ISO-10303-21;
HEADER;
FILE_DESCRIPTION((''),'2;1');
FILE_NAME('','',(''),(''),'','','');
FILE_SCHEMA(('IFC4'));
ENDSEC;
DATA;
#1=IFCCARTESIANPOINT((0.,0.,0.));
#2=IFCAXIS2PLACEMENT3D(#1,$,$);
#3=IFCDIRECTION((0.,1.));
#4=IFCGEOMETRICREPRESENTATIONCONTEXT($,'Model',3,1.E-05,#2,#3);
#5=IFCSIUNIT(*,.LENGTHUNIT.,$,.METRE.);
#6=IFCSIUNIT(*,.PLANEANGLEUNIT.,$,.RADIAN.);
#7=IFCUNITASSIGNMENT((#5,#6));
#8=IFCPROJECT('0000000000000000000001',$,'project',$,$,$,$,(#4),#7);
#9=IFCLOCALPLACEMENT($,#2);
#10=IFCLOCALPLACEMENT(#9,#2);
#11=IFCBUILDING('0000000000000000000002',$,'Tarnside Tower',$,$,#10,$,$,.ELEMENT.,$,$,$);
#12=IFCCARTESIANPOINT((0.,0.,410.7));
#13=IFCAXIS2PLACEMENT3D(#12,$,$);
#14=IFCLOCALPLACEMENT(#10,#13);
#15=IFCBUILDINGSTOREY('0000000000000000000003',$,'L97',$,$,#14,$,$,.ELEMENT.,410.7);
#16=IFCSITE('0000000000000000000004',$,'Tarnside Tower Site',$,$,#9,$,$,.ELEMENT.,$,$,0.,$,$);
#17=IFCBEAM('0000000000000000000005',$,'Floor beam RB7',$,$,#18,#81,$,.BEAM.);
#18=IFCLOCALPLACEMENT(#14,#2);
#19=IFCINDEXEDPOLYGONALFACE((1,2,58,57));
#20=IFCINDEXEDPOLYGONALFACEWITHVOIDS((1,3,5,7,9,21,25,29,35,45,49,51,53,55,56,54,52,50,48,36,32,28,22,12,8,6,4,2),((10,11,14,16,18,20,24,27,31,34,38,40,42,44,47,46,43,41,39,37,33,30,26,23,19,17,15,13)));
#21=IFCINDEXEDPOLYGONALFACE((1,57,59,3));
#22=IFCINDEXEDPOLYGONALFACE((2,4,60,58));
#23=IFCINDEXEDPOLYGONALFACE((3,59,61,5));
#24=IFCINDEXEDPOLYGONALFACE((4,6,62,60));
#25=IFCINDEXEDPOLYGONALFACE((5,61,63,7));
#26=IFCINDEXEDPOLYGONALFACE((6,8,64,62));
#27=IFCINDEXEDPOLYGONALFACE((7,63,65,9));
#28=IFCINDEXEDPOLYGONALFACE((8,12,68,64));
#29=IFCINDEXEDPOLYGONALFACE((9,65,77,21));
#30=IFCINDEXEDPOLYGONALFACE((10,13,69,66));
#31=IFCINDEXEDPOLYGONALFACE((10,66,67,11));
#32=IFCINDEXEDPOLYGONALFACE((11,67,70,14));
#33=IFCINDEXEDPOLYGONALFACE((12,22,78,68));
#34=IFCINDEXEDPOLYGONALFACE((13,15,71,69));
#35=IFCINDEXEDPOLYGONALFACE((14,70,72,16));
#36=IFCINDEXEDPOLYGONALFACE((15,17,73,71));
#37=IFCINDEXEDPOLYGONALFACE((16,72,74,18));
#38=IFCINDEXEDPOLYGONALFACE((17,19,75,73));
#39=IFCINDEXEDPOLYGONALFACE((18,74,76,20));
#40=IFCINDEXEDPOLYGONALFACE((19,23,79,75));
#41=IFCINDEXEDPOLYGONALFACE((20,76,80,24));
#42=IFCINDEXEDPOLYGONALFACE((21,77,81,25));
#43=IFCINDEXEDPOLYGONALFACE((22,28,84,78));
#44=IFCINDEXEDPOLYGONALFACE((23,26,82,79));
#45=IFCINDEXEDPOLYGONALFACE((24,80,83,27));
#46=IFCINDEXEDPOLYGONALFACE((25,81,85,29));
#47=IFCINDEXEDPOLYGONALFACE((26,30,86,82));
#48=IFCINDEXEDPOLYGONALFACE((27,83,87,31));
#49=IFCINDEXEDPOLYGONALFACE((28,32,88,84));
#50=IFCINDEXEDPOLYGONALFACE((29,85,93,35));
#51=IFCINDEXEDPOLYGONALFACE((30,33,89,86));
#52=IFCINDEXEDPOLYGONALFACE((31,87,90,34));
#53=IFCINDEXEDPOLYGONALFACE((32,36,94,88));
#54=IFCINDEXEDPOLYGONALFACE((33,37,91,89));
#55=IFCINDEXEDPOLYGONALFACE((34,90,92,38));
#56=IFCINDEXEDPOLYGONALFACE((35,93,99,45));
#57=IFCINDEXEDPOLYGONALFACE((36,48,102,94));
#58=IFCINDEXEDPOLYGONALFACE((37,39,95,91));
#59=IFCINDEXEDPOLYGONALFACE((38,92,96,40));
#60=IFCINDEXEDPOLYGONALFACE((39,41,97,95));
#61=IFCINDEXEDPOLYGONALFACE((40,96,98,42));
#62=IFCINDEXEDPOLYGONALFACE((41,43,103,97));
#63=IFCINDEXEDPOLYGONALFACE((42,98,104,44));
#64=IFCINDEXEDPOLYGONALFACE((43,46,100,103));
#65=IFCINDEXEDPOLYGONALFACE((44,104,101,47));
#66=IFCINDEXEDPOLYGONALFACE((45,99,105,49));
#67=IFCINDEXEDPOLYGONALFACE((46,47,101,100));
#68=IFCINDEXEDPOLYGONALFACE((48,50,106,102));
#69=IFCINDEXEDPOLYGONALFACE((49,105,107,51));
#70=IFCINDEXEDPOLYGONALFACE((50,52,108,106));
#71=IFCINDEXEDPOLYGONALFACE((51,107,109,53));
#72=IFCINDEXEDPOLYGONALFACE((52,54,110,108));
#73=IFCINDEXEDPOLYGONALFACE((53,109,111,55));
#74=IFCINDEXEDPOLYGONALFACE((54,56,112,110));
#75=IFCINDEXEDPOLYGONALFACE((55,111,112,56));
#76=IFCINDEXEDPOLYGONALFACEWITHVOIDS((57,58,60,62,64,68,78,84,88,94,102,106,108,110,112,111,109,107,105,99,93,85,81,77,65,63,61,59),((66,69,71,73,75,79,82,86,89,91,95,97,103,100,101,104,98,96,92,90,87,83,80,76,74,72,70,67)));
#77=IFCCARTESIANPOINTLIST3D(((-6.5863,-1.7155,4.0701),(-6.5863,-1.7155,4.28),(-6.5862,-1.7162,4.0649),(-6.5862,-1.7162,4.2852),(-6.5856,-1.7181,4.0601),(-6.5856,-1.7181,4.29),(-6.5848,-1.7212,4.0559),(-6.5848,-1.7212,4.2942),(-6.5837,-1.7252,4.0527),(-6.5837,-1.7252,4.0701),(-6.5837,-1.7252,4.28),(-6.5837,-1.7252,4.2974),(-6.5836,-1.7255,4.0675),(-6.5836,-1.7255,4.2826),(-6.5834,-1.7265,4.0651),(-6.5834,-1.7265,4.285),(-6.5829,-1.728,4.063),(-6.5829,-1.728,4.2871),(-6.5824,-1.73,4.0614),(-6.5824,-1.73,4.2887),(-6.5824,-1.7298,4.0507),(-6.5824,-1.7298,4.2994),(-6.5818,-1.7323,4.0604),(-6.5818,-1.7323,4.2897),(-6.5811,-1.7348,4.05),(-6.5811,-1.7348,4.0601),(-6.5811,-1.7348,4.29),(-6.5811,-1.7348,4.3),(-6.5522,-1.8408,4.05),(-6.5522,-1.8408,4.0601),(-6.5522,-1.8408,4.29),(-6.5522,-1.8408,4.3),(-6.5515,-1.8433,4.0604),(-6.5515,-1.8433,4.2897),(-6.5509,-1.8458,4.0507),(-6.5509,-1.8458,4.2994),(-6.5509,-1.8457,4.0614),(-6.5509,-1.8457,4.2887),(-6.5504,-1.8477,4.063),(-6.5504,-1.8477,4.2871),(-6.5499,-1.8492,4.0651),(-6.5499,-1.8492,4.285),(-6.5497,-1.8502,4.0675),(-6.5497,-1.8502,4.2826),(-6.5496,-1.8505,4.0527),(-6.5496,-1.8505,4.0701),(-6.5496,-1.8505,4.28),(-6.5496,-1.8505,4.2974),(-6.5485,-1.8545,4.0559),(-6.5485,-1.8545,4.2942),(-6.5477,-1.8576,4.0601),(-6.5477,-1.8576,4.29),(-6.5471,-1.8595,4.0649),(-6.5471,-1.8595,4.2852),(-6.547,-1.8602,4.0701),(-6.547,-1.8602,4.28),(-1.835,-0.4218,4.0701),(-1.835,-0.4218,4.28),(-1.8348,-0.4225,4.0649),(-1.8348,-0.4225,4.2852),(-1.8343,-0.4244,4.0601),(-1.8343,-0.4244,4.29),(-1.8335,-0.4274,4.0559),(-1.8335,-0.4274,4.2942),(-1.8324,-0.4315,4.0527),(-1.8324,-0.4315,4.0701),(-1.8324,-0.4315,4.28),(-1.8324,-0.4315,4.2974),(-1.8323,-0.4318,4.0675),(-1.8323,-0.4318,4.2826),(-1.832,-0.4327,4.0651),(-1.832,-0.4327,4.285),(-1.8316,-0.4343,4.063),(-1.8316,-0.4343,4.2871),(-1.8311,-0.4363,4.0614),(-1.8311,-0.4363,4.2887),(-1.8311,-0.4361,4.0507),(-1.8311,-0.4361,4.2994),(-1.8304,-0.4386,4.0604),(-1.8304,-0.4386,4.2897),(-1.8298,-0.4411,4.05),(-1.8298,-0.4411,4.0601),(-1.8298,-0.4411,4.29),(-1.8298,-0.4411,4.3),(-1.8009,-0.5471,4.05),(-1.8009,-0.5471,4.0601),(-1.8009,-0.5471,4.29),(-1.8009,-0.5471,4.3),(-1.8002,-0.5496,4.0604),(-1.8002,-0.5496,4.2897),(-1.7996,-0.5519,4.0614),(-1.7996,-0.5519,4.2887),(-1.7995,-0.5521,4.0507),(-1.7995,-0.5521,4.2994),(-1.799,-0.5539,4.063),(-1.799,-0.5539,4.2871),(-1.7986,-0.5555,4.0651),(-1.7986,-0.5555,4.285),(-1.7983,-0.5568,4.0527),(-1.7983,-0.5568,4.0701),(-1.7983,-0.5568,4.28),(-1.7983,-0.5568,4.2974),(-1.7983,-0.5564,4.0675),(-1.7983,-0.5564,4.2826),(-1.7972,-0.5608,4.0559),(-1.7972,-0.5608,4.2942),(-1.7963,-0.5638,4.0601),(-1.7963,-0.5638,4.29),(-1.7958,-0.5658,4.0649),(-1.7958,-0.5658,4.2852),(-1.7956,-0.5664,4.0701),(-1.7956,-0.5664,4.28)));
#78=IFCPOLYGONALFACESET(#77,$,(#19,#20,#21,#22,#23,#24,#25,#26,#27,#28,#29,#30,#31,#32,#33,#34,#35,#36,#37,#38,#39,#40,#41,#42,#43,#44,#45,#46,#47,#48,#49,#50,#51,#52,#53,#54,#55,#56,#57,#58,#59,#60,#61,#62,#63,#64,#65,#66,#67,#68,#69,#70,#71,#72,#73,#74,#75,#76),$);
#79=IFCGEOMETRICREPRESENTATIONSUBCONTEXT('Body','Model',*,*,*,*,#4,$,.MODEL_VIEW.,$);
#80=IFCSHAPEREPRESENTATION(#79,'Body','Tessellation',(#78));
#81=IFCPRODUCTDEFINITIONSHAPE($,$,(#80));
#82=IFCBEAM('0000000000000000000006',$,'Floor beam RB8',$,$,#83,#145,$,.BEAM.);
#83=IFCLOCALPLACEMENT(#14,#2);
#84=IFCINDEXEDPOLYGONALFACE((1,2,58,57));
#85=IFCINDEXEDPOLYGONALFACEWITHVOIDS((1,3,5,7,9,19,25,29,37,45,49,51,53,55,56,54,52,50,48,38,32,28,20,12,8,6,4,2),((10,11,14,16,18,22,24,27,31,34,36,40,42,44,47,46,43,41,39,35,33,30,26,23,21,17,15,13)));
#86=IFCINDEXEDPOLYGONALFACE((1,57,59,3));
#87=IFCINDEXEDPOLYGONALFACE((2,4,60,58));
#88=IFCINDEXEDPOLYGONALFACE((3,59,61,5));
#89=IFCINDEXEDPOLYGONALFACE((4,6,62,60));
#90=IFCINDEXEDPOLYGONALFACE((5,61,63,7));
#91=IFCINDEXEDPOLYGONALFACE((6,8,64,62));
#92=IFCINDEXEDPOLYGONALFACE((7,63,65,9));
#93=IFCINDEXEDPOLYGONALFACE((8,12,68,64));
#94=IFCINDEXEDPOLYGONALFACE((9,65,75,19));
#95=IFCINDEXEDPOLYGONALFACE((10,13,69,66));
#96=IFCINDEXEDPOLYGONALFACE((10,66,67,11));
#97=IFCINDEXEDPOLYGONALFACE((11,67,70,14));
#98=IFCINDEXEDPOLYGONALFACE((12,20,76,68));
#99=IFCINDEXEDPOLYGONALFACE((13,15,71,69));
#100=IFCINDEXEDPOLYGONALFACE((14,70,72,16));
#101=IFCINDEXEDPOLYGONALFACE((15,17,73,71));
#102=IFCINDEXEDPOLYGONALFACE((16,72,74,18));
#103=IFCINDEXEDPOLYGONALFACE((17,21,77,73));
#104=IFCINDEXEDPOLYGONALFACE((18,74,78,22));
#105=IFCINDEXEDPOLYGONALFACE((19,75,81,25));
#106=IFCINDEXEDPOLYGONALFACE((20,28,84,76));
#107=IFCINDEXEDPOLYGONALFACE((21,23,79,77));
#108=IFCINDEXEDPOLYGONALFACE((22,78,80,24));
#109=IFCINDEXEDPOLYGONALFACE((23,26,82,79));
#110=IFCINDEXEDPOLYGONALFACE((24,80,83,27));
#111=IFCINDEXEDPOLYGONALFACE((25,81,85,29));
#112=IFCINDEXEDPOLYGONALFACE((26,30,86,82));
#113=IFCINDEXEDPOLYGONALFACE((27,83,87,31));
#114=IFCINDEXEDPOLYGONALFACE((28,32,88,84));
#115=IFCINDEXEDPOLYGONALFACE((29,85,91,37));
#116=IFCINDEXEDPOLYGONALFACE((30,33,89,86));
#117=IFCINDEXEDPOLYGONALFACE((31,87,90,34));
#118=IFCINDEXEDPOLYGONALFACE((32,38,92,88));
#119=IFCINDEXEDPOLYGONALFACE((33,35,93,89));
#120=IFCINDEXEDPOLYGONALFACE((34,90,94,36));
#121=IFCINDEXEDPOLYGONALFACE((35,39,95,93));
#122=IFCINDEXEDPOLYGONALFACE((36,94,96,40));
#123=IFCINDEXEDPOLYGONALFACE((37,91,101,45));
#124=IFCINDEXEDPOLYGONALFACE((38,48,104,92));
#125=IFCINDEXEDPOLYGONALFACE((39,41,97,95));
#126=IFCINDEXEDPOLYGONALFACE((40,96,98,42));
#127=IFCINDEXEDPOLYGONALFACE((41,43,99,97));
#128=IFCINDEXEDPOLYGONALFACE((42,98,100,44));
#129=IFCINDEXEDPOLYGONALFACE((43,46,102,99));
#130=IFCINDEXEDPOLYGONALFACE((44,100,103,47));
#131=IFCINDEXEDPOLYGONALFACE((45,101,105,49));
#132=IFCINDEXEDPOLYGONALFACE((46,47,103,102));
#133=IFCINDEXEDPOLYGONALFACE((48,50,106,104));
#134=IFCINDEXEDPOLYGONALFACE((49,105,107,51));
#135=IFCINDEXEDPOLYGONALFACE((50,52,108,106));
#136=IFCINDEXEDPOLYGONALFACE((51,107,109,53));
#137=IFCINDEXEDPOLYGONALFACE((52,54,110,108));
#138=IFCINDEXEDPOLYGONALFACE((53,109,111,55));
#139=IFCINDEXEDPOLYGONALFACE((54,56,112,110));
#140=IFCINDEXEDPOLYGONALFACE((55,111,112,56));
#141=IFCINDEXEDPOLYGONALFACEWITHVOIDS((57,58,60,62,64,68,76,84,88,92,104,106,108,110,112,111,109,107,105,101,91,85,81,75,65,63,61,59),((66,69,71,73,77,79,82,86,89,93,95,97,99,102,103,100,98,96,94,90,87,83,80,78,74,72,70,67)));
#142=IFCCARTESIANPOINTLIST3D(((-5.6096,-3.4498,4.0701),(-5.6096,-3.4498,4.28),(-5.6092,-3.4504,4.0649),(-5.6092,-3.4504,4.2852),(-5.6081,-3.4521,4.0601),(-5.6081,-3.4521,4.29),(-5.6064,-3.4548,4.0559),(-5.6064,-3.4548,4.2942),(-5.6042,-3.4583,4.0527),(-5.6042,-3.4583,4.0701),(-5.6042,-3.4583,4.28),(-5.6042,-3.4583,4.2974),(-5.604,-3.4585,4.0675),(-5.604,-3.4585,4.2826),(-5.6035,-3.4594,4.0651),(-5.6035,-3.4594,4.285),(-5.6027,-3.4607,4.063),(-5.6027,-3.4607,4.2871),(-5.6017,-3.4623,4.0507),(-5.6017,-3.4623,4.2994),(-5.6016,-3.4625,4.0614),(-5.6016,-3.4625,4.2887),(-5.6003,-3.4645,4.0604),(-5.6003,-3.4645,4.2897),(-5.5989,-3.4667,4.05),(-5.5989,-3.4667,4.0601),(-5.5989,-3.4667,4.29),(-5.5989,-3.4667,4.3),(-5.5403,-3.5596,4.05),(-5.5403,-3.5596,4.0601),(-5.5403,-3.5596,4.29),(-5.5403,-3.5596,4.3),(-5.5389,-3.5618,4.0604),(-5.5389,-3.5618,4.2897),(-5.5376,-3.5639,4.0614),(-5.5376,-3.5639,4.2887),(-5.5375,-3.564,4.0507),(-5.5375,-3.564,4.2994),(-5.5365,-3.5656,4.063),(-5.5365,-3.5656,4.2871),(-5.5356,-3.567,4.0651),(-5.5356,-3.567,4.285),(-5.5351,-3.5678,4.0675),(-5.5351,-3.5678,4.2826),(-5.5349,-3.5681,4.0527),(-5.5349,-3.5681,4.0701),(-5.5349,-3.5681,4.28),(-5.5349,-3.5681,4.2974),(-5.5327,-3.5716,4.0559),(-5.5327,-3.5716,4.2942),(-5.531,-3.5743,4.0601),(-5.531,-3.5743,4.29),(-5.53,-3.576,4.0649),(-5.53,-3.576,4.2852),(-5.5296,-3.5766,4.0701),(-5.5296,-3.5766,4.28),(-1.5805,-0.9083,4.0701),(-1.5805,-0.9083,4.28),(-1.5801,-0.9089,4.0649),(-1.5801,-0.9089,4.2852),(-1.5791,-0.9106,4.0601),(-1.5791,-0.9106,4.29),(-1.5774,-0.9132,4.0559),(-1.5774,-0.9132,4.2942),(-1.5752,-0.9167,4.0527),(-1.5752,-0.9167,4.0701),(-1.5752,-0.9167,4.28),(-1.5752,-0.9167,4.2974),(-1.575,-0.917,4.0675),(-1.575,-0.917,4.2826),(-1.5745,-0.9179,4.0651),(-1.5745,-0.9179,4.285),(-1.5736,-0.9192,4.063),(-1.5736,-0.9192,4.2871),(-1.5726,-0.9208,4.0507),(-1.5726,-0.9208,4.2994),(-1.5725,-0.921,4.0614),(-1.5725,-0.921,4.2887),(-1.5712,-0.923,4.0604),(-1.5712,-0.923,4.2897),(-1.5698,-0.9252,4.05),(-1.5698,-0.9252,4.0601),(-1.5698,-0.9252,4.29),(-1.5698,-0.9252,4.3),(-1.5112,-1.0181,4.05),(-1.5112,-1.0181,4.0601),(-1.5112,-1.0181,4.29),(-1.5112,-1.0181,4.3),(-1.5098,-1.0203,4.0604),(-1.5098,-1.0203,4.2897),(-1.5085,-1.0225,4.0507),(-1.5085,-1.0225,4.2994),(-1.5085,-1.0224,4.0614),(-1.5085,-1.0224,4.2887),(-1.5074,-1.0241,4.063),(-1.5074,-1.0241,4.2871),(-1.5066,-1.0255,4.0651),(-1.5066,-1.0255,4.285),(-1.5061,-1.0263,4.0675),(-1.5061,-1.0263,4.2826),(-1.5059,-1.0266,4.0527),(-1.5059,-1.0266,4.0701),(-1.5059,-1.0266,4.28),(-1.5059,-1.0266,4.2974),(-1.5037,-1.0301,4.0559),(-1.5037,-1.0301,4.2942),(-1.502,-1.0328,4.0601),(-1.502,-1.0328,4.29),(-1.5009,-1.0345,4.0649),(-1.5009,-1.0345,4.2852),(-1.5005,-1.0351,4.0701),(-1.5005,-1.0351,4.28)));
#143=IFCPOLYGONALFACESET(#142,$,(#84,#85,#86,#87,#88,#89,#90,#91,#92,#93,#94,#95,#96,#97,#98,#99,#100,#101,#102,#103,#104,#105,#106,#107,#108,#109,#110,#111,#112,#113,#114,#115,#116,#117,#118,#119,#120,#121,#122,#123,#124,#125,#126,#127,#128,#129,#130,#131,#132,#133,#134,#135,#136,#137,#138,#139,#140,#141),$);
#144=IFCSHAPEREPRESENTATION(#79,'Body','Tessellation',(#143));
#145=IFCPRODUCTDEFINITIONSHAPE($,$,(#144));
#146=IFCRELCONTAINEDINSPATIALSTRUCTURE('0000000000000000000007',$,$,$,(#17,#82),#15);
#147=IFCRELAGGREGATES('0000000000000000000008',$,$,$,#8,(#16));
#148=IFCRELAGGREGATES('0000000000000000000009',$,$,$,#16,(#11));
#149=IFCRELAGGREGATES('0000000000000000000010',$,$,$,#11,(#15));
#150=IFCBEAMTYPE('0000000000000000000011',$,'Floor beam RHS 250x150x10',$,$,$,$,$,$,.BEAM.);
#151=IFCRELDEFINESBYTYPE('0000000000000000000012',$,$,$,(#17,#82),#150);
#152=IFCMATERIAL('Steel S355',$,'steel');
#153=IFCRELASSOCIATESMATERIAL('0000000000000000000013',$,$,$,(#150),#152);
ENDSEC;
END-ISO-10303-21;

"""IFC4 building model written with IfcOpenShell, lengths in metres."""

from ifc_helpers import new_model, si_unit, direction, frame, origin, origin_2d, place, context, subcontext, project, spatial, hollow_rectangle, extrude, material, material_profile, profile_set, type_object, element, save


model = new_model("IFC4")

# Units and contexts
model_context = context("Model", 3, precision=1e-05, world=origin(), true_north=direction((0.0, 1.0)))
body_context = subcontext(model_context, "Body", "Model", "MODEL_VIEW")
ifc_project = project(units=[si_unit("LENGTHUNIT", "METRE"), si_unit("PLANEANGLEUNIT", "RADIAN")], contexts=[model_context])

# Site, building, storey
site_placement = place(None, origin())
site = spatial("IfcSite", under=ifc_project, at=site_placement, Name="Tarnside Tower Site", CompositionType="ELEMENT", RefElevation=0.0)
building_placement = place(site_placement, origin())
building = spatial("IfcBuilding", under=site, at=building_placement, Name="Tarnside Tower", CompositionType="ELEMENT")
storey_placement = place(building_placement, frame((0.0, 0.0, 410.7)))
storey = spatial("IfcBuildingStorey", under=building, at=storey_placement, Name="L97", CompositionType="ELEMENT", Elevation=410.7)

# Beams
ifc_material_1 = material(Name="Steel S355", Category="steel")
ifc_material_profile_1 = material_profile(ifc_material_1, hollow_rectangle(XDim=0.1499, YDim=0.25, WallThickness=0.01, InnerFilletRadius=0.01, OuterFilletRadius=0.02, at=origin_2d()), Name="RHS 250x150x10")
ifc_profile_set_1 = profile_set([ifc_material_profile_1], Name="Steel S355")
beam_type_1 = type_object("IfcBeamType", Name="Floor beam RHS 250x150x10", PredefinedType="BEAM", material=ifc_profile_set_1)
beam_1_placement = place(storey_placement, frame((-6.5667, -1.7878, 4.175), z_axis=(0.964871, 0.262723, 0.0), x_axis=(-0.262723, 0.964871, 0.0)))
element("IfcBeam", 1, at=beam_1_placement, inside=storey, type_object=beam_type_1, Name="Floor beam RB7", PredefinedType="BEAM", context=body_context, shape_type="SweptSolid", body=[
    extrude(hollow_rectangle(XDim=0.1499, YDim=0.25, WallThickness=0.01, InnerFilletRadius=0.01, OuterFilletRadius=0.02, at=origin_2d()), origin(), (0.0, 0.0, 1.0), 4.9243),
])
beam_2_placement = place(storey_placement, frame((-5.5696, -3.5132, 4.175), z_axis=(0.845788, 0.533519, 0.0), x_axis=(-0.533519, 0.845788, 0.0)))
element("IfcBeam", 2, at=beam_2_placement, inside=storey, type_object=beam_type_1, Name="Floor beam RB8", PredefinedType="BEAM", context=body_context, shape_type="SweptSolid", body=[
    extrude(hollow_rectangle(XDim=0.1499, YDim=0.25, WallThickness=0.01, InnerFilletRadius=0.01, OuterFilletRadius=0.02, at=origin_2d()), origin(), (0.0, 0.0, 1.0), 4.7637),
])

save(model, "model.ifc")
